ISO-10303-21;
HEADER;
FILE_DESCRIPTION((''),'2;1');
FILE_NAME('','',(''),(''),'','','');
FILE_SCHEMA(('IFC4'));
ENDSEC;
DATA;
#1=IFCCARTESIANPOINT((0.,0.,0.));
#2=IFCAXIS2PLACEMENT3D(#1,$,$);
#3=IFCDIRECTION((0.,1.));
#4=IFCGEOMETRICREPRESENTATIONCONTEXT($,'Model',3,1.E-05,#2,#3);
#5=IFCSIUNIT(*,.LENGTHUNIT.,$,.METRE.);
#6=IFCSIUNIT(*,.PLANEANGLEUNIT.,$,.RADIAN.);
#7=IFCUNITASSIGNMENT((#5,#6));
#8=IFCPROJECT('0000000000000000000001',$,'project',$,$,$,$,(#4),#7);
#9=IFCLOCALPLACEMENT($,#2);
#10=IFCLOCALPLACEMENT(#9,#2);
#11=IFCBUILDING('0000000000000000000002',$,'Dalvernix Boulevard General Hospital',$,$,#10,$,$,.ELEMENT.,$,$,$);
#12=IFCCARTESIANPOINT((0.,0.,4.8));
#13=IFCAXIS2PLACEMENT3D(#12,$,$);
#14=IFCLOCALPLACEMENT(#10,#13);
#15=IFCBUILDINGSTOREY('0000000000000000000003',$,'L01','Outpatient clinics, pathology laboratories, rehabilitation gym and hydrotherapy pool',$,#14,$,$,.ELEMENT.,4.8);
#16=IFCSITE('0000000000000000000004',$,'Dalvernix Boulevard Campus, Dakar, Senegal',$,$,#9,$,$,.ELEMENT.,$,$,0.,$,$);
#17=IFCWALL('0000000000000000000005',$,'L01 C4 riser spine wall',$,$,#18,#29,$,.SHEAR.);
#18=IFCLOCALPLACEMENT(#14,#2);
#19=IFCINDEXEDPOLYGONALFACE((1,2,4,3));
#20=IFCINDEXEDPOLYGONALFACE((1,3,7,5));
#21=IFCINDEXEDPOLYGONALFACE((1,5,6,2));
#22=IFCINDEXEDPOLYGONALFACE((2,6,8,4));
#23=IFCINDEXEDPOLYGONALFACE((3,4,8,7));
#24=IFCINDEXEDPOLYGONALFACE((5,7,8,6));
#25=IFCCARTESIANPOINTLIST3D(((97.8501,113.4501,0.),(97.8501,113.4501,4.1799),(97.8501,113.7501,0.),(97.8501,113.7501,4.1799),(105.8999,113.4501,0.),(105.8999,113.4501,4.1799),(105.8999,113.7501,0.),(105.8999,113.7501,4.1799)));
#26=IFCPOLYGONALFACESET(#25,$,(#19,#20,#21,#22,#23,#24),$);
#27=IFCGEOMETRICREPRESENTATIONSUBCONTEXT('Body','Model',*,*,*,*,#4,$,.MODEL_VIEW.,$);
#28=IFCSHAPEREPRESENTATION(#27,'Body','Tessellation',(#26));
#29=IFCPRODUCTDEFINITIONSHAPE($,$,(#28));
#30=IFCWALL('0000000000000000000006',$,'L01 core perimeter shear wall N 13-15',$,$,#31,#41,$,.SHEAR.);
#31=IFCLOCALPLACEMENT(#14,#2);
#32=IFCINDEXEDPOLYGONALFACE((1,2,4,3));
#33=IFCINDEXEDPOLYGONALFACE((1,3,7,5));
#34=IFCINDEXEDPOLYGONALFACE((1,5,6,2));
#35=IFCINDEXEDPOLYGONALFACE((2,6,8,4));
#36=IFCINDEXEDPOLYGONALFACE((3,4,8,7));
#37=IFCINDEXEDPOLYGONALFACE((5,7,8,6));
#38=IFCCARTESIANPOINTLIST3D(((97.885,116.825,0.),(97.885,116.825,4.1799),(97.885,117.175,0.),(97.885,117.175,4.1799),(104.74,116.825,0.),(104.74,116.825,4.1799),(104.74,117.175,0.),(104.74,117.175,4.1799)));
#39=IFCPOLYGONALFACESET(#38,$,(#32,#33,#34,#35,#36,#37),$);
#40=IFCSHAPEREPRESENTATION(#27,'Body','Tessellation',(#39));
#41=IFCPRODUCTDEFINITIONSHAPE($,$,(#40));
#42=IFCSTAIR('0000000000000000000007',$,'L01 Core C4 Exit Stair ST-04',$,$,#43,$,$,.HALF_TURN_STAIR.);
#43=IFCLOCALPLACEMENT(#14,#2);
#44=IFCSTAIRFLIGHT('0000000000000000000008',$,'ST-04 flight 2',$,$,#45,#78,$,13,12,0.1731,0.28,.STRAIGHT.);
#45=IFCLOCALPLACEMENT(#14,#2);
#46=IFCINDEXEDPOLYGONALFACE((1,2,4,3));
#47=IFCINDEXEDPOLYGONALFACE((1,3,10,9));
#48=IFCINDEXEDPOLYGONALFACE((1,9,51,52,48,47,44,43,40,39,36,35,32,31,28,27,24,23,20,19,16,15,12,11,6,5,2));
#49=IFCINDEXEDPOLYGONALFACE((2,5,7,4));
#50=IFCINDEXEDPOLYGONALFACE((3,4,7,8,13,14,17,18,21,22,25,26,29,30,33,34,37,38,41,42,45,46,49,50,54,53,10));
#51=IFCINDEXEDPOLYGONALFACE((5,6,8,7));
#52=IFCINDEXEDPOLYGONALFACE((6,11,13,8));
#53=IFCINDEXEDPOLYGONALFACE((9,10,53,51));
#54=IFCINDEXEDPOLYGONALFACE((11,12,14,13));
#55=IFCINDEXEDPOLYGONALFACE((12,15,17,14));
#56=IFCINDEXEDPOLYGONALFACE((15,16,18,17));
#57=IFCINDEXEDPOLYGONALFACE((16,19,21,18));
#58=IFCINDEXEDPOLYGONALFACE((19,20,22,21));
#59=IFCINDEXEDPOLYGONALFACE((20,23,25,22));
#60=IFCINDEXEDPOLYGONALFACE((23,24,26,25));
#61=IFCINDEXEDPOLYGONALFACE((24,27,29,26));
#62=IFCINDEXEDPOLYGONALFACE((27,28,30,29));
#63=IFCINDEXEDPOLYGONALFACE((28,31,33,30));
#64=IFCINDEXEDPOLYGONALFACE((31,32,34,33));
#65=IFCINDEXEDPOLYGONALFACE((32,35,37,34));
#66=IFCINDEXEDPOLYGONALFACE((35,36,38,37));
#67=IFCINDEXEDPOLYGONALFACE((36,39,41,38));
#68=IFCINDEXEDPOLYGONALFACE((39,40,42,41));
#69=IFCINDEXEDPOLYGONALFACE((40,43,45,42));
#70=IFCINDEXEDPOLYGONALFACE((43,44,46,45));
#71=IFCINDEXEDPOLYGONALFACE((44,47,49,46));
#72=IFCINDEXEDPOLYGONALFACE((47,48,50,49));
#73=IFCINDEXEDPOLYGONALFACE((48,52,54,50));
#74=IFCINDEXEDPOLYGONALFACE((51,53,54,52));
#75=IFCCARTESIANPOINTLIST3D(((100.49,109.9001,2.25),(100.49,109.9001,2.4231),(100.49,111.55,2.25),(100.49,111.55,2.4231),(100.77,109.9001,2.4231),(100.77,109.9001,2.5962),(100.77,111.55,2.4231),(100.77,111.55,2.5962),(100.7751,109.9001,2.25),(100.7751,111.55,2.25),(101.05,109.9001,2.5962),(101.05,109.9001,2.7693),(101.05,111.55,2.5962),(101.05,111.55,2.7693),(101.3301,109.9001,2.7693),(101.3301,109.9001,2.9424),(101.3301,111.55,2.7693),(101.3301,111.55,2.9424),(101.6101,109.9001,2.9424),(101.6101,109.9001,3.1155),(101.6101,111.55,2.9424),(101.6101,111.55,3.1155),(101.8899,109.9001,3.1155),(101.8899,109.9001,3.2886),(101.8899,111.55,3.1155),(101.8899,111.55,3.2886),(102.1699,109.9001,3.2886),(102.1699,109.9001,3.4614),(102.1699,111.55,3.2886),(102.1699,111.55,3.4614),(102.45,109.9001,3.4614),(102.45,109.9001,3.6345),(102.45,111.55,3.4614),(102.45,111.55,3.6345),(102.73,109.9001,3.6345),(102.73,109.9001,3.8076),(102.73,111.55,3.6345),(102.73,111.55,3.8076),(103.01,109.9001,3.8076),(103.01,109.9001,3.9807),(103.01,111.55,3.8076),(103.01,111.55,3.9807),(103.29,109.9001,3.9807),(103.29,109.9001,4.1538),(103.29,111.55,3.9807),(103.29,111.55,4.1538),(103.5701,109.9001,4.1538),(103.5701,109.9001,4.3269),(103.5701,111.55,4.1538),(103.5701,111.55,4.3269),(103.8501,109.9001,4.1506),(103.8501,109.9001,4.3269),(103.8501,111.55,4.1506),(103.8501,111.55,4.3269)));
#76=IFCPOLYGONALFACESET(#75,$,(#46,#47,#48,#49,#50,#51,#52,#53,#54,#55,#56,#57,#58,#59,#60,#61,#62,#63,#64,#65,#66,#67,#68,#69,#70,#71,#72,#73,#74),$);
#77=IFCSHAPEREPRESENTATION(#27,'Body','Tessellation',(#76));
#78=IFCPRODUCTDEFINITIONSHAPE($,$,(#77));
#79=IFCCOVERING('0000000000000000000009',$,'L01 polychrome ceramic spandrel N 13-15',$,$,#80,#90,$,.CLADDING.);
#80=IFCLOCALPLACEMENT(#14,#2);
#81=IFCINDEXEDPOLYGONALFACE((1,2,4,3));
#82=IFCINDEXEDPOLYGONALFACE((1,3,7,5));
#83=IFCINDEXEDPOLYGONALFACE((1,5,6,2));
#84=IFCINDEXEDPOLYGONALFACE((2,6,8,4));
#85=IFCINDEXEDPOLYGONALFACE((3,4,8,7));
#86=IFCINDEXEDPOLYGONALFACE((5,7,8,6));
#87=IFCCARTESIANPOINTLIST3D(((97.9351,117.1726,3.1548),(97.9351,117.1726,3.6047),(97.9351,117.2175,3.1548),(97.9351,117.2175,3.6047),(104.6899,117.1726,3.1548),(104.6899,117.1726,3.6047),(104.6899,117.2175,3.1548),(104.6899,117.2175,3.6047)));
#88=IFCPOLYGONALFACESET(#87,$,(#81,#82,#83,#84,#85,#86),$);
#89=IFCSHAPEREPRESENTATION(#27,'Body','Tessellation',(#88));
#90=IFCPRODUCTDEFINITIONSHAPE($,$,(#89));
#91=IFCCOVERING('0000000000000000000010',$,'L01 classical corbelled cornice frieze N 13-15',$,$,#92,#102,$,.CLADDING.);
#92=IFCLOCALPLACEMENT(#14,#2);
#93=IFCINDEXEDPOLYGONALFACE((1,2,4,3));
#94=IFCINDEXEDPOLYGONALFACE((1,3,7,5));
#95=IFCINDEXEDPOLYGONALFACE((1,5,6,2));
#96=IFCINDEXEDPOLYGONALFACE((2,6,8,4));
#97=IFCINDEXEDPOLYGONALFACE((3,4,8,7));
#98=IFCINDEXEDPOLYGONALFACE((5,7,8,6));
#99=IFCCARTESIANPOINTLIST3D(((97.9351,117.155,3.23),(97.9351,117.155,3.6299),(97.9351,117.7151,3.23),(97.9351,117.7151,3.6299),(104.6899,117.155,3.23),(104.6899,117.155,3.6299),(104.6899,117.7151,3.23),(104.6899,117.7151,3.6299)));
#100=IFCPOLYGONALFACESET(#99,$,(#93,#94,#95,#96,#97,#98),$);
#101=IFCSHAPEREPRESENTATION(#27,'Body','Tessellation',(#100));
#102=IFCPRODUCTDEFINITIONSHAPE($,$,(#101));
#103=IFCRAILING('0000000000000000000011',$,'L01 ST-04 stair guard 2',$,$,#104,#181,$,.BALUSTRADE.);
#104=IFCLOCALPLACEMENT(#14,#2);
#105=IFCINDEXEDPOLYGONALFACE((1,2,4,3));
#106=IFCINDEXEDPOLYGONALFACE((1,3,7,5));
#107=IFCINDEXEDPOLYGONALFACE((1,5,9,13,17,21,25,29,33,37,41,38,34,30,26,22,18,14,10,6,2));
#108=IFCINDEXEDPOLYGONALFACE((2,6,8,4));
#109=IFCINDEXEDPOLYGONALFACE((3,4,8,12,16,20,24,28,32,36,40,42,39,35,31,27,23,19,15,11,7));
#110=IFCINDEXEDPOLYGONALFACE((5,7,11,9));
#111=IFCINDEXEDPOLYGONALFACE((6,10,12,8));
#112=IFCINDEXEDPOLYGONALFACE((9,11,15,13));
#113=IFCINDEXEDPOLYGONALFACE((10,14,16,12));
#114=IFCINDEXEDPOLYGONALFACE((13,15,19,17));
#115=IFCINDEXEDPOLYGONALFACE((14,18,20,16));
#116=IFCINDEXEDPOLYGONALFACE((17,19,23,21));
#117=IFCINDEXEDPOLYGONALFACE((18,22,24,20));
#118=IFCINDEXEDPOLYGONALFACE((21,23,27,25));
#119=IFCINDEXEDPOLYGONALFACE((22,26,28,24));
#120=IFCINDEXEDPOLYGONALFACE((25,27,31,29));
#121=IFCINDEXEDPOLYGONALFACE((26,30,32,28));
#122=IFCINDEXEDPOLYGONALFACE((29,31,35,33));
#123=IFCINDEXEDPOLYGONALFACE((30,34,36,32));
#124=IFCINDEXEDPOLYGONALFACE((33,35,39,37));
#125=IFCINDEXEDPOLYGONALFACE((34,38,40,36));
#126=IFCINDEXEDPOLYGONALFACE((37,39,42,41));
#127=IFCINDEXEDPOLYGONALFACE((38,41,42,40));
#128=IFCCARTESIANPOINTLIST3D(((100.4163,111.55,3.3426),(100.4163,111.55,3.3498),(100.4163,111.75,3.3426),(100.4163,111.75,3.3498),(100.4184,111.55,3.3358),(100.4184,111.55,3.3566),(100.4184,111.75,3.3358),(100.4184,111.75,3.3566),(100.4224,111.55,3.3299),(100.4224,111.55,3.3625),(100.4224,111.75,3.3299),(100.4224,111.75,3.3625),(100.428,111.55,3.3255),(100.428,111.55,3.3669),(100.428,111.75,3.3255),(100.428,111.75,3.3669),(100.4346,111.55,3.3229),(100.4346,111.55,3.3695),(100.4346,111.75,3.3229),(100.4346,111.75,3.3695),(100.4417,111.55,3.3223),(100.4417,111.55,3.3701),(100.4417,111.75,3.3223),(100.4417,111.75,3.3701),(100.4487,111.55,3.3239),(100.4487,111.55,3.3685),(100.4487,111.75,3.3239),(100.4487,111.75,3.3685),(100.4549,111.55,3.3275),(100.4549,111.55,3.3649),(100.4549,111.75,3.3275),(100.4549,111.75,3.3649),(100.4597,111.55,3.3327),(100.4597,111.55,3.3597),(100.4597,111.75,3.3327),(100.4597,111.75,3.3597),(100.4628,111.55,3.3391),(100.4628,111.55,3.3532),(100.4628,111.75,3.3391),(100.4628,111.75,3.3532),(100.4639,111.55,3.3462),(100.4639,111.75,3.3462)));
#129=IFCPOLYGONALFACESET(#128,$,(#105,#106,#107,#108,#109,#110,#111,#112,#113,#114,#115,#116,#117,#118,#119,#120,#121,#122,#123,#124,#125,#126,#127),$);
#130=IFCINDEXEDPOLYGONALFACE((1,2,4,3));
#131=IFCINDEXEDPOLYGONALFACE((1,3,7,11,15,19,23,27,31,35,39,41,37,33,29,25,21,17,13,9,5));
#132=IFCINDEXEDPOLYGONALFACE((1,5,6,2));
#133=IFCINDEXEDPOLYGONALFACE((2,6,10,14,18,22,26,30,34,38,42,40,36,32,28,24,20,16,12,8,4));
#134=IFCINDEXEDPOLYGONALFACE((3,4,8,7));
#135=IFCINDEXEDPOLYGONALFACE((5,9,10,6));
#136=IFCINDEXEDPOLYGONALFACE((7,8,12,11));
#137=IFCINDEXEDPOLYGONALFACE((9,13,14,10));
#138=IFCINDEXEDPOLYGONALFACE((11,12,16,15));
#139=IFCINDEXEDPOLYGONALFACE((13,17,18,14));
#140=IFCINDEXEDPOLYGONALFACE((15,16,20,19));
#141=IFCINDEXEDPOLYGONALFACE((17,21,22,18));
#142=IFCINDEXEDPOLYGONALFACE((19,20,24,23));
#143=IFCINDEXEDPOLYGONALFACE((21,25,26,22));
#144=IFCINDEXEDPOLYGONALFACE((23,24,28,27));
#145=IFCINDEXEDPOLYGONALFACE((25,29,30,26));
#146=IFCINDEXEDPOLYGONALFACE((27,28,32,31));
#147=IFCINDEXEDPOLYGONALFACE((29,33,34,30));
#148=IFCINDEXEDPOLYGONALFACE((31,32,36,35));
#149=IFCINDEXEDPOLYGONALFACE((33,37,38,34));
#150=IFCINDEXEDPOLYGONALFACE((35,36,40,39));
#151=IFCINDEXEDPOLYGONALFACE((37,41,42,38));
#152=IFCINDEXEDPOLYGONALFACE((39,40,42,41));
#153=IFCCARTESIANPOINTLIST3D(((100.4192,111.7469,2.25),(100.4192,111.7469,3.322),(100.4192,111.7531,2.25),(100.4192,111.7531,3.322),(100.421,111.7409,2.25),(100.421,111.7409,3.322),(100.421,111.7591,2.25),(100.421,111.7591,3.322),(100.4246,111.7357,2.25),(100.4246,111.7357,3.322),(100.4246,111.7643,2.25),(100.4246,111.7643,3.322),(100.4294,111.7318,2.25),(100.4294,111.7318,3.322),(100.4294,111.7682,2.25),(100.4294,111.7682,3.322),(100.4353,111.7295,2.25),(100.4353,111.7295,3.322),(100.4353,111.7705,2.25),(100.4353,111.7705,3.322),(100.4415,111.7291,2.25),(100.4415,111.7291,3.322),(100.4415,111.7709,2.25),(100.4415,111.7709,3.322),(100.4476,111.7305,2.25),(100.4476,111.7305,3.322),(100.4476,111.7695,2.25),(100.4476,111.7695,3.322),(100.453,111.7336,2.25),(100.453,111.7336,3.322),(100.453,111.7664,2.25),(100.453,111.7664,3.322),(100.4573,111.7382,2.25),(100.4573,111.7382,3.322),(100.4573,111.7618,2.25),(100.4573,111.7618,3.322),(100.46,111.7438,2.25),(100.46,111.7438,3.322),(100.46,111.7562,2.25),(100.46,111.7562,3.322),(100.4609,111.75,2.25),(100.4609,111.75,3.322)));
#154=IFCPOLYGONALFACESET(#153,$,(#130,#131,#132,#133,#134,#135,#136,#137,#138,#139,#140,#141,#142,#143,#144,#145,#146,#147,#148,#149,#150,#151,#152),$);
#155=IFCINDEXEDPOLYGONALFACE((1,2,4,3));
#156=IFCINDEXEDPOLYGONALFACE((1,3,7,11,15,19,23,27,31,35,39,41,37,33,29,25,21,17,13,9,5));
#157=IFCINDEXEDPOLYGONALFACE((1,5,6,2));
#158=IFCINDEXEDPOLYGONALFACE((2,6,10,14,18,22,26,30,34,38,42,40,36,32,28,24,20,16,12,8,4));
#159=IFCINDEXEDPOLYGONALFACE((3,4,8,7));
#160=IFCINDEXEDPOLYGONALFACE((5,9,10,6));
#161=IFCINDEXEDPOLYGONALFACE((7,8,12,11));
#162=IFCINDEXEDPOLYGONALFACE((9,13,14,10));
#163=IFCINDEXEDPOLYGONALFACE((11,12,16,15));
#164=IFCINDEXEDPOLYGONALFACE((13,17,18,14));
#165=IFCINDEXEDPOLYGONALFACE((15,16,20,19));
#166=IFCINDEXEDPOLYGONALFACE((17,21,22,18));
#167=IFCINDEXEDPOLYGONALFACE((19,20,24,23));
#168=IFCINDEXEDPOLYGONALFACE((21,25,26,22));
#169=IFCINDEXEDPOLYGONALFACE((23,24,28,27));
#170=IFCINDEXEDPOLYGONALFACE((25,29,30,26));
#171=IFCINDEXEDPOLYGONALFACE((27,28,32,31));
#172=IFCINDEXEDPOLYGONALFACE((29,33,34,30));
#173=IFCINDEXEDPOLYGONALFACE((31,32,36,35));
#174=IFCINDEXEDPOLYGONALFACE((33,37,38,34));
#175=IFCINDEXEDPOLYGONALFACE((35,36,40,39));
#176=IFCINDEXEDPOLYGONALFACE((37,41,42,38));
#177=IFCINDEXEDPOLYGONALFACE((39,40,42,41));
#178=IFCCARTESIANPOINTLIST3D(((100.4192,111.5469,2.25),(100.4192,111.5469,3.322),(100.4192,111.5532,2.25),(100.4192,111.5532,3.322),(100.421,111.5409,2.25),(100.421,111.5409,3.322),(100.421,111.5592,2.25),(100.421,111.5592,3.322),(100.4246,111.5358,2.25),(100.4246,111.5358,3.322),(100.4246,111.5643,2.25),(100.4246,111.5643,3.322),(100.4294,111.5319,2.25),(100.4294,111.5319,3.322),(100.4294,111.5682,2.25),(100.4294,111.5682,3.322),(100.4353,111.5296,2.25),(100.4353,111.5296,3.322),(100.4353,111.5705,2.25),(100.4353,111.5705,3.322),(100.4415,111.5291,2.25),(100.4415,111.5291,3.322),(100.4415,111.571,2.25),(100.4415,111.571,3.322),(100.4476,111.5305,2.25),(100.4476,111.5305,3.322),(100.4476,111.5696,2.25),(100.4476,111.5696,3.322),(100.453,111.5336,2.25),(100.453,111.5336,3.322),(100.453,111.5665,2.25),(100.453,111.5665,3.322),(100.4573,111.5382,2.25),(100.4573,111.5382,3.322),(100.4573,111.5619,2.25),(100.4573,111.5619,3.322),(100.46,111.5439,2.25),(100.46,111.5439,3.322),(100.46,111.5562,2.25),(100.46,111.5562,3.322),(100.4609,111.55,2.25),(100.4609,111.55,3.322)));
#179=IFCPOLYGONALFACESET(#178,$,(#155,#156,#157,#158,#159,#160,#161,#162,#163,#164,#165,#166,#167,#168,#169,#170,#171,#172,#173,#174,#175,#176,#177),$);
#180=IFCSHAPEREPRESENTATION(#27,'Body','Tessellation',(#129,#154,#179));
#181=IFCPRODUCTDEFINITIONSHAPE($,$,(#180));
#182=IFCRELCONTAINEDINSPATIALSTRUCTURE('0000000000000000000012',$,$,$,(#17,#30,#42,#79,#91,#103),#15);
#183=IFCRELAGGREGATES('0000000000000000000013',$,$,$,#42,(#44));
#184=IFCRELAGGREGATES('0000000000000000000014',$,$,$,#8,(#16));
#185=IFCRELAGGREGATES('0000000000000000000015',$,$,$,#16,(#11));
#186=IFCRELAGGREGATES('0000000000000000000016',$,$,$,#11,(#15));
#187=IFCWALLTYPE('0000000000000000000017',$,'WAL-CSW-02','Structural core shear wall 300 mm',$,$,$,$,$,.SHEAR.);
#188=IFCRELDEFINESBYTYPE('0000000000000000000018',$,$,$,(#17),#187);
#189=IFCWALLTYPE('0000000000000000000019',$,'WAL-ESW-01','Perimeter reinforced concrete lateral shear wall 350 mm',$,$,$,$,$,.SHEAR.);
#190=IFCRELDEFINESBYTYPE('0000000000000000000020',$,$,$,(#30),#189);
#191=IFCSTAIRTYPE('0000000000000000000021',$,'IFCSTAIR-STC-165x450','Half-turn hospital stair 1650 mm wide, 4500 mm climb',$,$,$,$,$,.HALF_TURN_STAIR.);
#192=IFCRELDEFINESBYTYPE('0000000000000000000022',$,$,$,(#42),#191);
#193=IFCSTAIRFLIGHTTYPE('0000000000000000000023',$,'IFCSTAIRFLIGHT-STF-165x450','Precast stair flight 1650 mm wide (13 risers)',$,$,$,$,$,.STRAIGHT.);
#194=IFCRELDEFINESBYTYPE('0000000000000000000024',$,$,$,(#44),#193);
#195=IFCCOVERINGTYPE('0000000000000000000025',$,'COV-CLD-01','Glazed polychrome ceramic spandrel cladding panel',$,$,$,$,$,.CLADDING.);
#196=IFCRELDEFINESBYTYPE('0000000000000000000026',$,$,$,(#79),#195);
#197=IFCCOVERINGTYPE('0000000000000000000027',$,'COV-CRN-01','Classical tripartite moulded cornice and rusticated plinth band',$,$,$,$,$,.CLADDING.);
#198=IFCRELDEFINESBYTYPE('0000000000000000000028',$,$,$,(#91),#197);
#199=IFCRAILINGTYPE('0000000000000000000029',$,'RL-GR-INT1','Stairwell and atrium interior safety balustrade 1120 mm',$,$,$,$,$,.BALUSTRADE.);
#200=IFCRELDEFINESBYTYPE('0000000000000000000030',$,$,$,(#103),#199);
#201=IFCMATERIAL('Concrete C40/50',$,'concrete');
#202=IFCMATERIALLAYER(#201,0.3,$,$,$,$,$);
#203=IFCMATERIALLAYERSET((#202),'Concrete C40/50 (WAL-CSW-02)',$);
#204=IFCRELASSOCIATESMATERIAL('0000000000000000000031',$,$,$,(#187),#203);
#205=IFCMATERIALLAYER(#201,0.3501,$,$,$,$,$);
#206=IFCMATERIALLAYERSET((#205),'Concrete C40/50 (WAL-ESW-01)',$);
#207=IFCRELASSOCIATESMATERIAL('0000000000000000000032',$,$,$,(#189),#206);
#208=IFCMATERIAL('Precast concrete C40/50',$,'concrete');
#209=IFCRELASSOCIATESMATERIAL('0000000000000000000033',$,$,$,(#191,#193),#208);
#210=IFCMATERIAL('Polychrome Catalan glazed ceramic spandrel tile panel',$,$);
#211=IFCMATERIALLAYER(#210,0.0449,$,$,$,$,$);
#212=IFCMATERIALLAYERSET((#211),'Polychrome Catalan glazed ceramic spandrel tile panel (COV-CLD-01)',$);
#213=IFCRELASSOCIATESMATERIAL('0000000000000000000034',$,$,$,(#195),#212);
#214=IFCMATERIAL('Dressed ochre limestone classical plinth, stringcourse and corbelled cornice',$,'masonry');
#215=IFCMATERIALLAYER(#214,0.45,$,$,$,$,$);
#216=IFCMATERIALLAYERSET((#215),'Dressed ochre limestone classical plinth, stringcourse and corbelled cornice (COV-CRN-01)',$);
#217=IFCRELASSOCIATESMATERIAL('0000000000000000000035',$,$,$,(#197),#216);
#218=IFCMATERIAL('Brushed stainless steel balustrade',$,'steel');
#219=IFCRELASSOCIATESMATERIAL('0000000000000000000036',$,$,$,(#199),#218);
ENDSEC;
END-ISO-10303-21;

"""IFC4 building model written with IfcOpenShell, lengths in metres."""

from ifc_helpers import new_model, si_unit, direction, frame, frame_2d, origin, origin_2d, place, context, subcontext, project, spatial, polyline, rectangle, circle, outline, extrude, material, layer, layer_set, type_object, element, aggregate, save


model = new_model("IFC4")

# Units and contexts
model_context = context("Model", 3, precision=1e-05, world=origin(), true_north=direction((0.0, 1.0)))
body_context = subcontext(model_context, "Body", "Model", "MODEL_VIEW")
ifc_project = project(units=[si_unit("LENGTHUNIT", "METRE"), si_unit("PLANEANGLEUNIT", "RADIAN")], contexts=[model_context])

# Site, building, storey
site_placement = place(None, origin())
site = spatial("IfcSite", under=ifc_project, at=site_placement, Name="Dalvernix Boulevard Campus, Dakar, Senegal", CompositionType="ELEMENT", RefElevation=0.0)
building_placement = place(site_placement, origin())
building = spatial("IfcBuilding", under=site, at=building_placement, Name="Dalvernix Boulevard General Hospital", CompositionType="ELEMENT")
storey_placement = place(building_placement, frame((0.0, 0.0, 4.8)))
storey = spatial("IfcBuildingStorey", under=building, at=storey_placement, Name="L01", Description="Outpatient clinics, pathology laboratories, rehabilitation gym and hydrotherapy pool", CompositionType="ELEMENT", Elevation=4.8)

# Shared definitions
ifc_material_1 = material(Name="Concrete C40/50", Category="concrete")

# Walls
ifc_layer_1 = layer(ifc_material_1, 0.3)
ifc_layer_set_1 = layer_set([ifc_layer_1], Name="Concrete C40/50 (WAL-CSW-02)")
wall_type_1 = type_object("IfcWallType", Name="WAL-CSW-02", Description="Structural core shear wall 300 mm", PredefinedType="SHEAR", material=ifc_layer_set_1)
wall_1_placement = place(storey_placement, frame((97.8501, 113.6001, 0.0), z_axis=(0.0, 0.0, 1.0), x_axis=(1.0, 0.0, 0.0)))
element("IfcWall", 1, at=wall_1_placement, inside=storey, type_object=wall_type_1, Name="L01 C4 riser spine wall", PredefinedType="SHEAR", context=body_context, shape_type="SweptSolid", body=[
    extrude(rectangle(XDim=8.0498, YDim=0.3, at=frame_2d((4.0249, 0.0))), origin(), (0.0, 0.0, 1.0), 4.1799),
])
ifc_layer_2 = layer(ifc_material_1, 0.3501)
ifc_layer_set_2 = layer_set([ifc_layer_2], Name="Concrete C40/50 (WAL-ESW-01)")
wall_type_2 = type_object("IfcWallType", Name="WAL-ESW-01", Description="Perimeter reinforced concrete lateral shear wall 350 mm", PredefinedType="SHEAR", material=ifc_layer_set_2)
wall_2_placement = place(storey_placement, frame((97.885, 117.0, 0.0), z_axis=(0.0, 0.0, 1.0), x_axis=(1.0, 0.0, 0.0)))
element("IfcWall", 2, at=wall_2_placement, inside=storey, type_object=wall_type_2, Name="L01 core perimeter shear wall N 13-15", PredefinedType="SHEAR", context=body_context, shape_type="SweptSolid", body=[
    extrude(rectangle(XDim=6.855, YDim=0.3501, at=frame_2d((3.4275, 0.0))), origin(), (0.0, 0.0, 1.0), 4.1799),
])

# Stair, stair flight
ifc_material_2 = material(Name="Precast concrete C40/50", Category="concrete")
stair_type = type_object("IfcStairType", Name="IFCSTAIR-STC-165x450", Description="Half-turn hospital stair 1650 mm wide, 4500 mm climb", PredefinedType="HALF_TURN_STAIR", material=ifc_material_2)
stair_placement = place(storey_placement, origin())
stair = element("IfcStair", 3, at=stair_placement, inside=storey, type_object=stair_type, Name="L01 Core C4 Exit Stair ST-04", PredefinedType="HALF_TURN_STAIR")
stair_flight_type = type_object("IfcStairFlightType", Name="IFCSTAIRFLIGHT-STF-165x450", Description="Precast stair flight 1650 mm wide (13 risers)", PredefinedType="STRAIGHT", material=ifc_material_2)
stair_flight_placement = place(storey_placement, frame((100.49, 110.7251, 2.25), z_axis=(0.0, 0.0, 1.0), x_axis=(1.0, 0.0, 0.0)))
stair_flight = element("IfcStairFlight", 4, at=stair_flight_placement, type_object=stair_flight_type, Name="ST-04 flight 2", NumberOfRisers=13, NumberOfTreads=12, PredefinedType="STRAIGHT", RiserHeight=0.1731, TreadLength=0.28, context=body_context, shape_type="SweptSolid", body=[
    extrude(outline(polyline([(0.0, 0.0), (0.0, 0.1731), (0.28, 0.1731), (0.28, 0.3462), (0.5601, 0.3462), (0.5601, 0.5193), (0.8401, 0.5193), (0.8401, 0.6924), (1.1201, 0.6924), (1.1201, 0.8655), (1.3999, 0.8655), (1.3999, 1.0386), (1.6799, 1.0386), (1.6799, 1.2114), (1.96, 1.2114), (1.96, 1.3845), (2.24, 1.3845), (2.24, 1.5576), (2.52, 1.5576), (2.52, 1.7307), (2.8, 1.7307), (2.8, 1.9038), (3.0801, 1.9038), (3.0801, 2.0769), (3.3601, 2.0769), (3.3601, 2.25), (3.3601, 1.9006), (0.2852, 0.0), (0.0, 0.0)])), frame((0.0, 0.825, 0.0), z_axis=(0.0, -1.0, 0.0), x_axis=(1.0, 0.0, 0.0)), (0.0, 0.0, 1.0), 1.6499),
])
aggregate(stair, [stair_flight])

# Coverings
ifc_material_3 = material(Name="Polychrome Catalan glazed ceramic spandrel tile panel")
ifc_layer_3 = layer(ifc_material_3, 0.0449)
ifc_layer_set_3 = layer_set([ifc_layer_3], Name="Polychrome Catalan glazed ceramic spandrel tile panel (COV-CLD-01)")
covering_type_1 = type_object("IfcCoveringType", Name="COV-CLD-01", Description="Glazed polychrome ceramic spandrel cladding panel", PredefinedType="CLADDING", material=ifc_layer_set_3)
covering_1_placement = place(storey_placement, frame((101.3125, 117.1951, 3.1548), z_axis=(0.0, 0.0, 1.0), x_axis=(1.0, 0.0, 0.0)))
element("IfcCovering", 5, at=covering_1_placement, inside=storey, type_object=covering_type_1, Name="L01 polychrome ceramic spandrel N 13-15", PredefinedType="CLADDING", context=body_context, shape_type="SweptSolid", body=[
    extrude(rectangle(XDim=6.7549, YDim=0.0449, at=origin_2d()), origin(), (0.0, 0.0, 1.0), 0.45),
])
ifc_material_4 = material(Name="Dressed ochre limestone classical plinth, stringcourse and corbelled cornice", Category="masonry")
ifc_layer_4 = layer(ifc_material_4, 0.45)
ifc_layer_set_4 = layer_set([ifc_layer_4], Name="Dressed ochre limestone classical plinth, stringcourse and corbelled cornice (COV-CRN-01)")
covering_type_2 = type_object("IfcCoveringType", Name="COV-CRN-01", Description="Classical tripartite moulded cornice and rusticated plinth band", PredefinedType="CLADDING", material=ifc_layer_set_4)
covering_2_placement = place(storey_placement, frame((101.3125, 117.4351, 3.23), z_axis=(0.0, 0.0, 1.0), x_axis=(1.0, 0.0, 0.0)))
element("IfcCovering", 6, at=covering_2_placement, inside=storey, type_object=covering_type_2, Name="L01 classical corbelled cornice frieze N 13-15", PredefinedType="CLADDING", context=body_context, shape_type="SweptSolid", body=[
    extrude(rectangle(XDim=6.7549, YDim=0.5601, at=origin_2d()), origin(), (0.0, 0.0, 1.0), 0.3999),
])

# Railing
ifc_material_5 = material(Name="Brushed stainless steel balustrade", Category="steel")
railing_type = type_object("IfcRailingType", Name="RL-GR-INT1", Description="Stairwell and atrium interior safety balustrade 1120 mm", PredefinedType="BALUSTRADE", material=ifc_material_5)
railing_1_placement = place(storey_placement, frame((100.4399, 111.75, 2.25)))
element("IfcRailing", 7, at=railing_1_placement, inside=storey, type_object=railing_type, Name="L01 ST-04 stair guard 2", PredefinedType="BALUSTRADE", context=body_context, shape_type="SweptSolid", body=[
    extrude(circle(Radius=0.0239, at=origin_2d()), frame((0.0, 0.0, 1.0962), z_axis=(0.0, -1.0, 0.0), x_axis=(1.0, 0.0, 0.0)), (0.0, 0.0, 1.0), 0.2),
    extrude(circle(Radius=0.021, at=origin_2d()), origin(), (0.0, 0.0, 1.0), 1.072),
    extrude(circle(Radius=0.021, at=origin_2d()), frame((0.0, -0.2, 0.0)), (0.0, 0.0, 1.0), 1.072),
])

save(model, "model.ifc")
